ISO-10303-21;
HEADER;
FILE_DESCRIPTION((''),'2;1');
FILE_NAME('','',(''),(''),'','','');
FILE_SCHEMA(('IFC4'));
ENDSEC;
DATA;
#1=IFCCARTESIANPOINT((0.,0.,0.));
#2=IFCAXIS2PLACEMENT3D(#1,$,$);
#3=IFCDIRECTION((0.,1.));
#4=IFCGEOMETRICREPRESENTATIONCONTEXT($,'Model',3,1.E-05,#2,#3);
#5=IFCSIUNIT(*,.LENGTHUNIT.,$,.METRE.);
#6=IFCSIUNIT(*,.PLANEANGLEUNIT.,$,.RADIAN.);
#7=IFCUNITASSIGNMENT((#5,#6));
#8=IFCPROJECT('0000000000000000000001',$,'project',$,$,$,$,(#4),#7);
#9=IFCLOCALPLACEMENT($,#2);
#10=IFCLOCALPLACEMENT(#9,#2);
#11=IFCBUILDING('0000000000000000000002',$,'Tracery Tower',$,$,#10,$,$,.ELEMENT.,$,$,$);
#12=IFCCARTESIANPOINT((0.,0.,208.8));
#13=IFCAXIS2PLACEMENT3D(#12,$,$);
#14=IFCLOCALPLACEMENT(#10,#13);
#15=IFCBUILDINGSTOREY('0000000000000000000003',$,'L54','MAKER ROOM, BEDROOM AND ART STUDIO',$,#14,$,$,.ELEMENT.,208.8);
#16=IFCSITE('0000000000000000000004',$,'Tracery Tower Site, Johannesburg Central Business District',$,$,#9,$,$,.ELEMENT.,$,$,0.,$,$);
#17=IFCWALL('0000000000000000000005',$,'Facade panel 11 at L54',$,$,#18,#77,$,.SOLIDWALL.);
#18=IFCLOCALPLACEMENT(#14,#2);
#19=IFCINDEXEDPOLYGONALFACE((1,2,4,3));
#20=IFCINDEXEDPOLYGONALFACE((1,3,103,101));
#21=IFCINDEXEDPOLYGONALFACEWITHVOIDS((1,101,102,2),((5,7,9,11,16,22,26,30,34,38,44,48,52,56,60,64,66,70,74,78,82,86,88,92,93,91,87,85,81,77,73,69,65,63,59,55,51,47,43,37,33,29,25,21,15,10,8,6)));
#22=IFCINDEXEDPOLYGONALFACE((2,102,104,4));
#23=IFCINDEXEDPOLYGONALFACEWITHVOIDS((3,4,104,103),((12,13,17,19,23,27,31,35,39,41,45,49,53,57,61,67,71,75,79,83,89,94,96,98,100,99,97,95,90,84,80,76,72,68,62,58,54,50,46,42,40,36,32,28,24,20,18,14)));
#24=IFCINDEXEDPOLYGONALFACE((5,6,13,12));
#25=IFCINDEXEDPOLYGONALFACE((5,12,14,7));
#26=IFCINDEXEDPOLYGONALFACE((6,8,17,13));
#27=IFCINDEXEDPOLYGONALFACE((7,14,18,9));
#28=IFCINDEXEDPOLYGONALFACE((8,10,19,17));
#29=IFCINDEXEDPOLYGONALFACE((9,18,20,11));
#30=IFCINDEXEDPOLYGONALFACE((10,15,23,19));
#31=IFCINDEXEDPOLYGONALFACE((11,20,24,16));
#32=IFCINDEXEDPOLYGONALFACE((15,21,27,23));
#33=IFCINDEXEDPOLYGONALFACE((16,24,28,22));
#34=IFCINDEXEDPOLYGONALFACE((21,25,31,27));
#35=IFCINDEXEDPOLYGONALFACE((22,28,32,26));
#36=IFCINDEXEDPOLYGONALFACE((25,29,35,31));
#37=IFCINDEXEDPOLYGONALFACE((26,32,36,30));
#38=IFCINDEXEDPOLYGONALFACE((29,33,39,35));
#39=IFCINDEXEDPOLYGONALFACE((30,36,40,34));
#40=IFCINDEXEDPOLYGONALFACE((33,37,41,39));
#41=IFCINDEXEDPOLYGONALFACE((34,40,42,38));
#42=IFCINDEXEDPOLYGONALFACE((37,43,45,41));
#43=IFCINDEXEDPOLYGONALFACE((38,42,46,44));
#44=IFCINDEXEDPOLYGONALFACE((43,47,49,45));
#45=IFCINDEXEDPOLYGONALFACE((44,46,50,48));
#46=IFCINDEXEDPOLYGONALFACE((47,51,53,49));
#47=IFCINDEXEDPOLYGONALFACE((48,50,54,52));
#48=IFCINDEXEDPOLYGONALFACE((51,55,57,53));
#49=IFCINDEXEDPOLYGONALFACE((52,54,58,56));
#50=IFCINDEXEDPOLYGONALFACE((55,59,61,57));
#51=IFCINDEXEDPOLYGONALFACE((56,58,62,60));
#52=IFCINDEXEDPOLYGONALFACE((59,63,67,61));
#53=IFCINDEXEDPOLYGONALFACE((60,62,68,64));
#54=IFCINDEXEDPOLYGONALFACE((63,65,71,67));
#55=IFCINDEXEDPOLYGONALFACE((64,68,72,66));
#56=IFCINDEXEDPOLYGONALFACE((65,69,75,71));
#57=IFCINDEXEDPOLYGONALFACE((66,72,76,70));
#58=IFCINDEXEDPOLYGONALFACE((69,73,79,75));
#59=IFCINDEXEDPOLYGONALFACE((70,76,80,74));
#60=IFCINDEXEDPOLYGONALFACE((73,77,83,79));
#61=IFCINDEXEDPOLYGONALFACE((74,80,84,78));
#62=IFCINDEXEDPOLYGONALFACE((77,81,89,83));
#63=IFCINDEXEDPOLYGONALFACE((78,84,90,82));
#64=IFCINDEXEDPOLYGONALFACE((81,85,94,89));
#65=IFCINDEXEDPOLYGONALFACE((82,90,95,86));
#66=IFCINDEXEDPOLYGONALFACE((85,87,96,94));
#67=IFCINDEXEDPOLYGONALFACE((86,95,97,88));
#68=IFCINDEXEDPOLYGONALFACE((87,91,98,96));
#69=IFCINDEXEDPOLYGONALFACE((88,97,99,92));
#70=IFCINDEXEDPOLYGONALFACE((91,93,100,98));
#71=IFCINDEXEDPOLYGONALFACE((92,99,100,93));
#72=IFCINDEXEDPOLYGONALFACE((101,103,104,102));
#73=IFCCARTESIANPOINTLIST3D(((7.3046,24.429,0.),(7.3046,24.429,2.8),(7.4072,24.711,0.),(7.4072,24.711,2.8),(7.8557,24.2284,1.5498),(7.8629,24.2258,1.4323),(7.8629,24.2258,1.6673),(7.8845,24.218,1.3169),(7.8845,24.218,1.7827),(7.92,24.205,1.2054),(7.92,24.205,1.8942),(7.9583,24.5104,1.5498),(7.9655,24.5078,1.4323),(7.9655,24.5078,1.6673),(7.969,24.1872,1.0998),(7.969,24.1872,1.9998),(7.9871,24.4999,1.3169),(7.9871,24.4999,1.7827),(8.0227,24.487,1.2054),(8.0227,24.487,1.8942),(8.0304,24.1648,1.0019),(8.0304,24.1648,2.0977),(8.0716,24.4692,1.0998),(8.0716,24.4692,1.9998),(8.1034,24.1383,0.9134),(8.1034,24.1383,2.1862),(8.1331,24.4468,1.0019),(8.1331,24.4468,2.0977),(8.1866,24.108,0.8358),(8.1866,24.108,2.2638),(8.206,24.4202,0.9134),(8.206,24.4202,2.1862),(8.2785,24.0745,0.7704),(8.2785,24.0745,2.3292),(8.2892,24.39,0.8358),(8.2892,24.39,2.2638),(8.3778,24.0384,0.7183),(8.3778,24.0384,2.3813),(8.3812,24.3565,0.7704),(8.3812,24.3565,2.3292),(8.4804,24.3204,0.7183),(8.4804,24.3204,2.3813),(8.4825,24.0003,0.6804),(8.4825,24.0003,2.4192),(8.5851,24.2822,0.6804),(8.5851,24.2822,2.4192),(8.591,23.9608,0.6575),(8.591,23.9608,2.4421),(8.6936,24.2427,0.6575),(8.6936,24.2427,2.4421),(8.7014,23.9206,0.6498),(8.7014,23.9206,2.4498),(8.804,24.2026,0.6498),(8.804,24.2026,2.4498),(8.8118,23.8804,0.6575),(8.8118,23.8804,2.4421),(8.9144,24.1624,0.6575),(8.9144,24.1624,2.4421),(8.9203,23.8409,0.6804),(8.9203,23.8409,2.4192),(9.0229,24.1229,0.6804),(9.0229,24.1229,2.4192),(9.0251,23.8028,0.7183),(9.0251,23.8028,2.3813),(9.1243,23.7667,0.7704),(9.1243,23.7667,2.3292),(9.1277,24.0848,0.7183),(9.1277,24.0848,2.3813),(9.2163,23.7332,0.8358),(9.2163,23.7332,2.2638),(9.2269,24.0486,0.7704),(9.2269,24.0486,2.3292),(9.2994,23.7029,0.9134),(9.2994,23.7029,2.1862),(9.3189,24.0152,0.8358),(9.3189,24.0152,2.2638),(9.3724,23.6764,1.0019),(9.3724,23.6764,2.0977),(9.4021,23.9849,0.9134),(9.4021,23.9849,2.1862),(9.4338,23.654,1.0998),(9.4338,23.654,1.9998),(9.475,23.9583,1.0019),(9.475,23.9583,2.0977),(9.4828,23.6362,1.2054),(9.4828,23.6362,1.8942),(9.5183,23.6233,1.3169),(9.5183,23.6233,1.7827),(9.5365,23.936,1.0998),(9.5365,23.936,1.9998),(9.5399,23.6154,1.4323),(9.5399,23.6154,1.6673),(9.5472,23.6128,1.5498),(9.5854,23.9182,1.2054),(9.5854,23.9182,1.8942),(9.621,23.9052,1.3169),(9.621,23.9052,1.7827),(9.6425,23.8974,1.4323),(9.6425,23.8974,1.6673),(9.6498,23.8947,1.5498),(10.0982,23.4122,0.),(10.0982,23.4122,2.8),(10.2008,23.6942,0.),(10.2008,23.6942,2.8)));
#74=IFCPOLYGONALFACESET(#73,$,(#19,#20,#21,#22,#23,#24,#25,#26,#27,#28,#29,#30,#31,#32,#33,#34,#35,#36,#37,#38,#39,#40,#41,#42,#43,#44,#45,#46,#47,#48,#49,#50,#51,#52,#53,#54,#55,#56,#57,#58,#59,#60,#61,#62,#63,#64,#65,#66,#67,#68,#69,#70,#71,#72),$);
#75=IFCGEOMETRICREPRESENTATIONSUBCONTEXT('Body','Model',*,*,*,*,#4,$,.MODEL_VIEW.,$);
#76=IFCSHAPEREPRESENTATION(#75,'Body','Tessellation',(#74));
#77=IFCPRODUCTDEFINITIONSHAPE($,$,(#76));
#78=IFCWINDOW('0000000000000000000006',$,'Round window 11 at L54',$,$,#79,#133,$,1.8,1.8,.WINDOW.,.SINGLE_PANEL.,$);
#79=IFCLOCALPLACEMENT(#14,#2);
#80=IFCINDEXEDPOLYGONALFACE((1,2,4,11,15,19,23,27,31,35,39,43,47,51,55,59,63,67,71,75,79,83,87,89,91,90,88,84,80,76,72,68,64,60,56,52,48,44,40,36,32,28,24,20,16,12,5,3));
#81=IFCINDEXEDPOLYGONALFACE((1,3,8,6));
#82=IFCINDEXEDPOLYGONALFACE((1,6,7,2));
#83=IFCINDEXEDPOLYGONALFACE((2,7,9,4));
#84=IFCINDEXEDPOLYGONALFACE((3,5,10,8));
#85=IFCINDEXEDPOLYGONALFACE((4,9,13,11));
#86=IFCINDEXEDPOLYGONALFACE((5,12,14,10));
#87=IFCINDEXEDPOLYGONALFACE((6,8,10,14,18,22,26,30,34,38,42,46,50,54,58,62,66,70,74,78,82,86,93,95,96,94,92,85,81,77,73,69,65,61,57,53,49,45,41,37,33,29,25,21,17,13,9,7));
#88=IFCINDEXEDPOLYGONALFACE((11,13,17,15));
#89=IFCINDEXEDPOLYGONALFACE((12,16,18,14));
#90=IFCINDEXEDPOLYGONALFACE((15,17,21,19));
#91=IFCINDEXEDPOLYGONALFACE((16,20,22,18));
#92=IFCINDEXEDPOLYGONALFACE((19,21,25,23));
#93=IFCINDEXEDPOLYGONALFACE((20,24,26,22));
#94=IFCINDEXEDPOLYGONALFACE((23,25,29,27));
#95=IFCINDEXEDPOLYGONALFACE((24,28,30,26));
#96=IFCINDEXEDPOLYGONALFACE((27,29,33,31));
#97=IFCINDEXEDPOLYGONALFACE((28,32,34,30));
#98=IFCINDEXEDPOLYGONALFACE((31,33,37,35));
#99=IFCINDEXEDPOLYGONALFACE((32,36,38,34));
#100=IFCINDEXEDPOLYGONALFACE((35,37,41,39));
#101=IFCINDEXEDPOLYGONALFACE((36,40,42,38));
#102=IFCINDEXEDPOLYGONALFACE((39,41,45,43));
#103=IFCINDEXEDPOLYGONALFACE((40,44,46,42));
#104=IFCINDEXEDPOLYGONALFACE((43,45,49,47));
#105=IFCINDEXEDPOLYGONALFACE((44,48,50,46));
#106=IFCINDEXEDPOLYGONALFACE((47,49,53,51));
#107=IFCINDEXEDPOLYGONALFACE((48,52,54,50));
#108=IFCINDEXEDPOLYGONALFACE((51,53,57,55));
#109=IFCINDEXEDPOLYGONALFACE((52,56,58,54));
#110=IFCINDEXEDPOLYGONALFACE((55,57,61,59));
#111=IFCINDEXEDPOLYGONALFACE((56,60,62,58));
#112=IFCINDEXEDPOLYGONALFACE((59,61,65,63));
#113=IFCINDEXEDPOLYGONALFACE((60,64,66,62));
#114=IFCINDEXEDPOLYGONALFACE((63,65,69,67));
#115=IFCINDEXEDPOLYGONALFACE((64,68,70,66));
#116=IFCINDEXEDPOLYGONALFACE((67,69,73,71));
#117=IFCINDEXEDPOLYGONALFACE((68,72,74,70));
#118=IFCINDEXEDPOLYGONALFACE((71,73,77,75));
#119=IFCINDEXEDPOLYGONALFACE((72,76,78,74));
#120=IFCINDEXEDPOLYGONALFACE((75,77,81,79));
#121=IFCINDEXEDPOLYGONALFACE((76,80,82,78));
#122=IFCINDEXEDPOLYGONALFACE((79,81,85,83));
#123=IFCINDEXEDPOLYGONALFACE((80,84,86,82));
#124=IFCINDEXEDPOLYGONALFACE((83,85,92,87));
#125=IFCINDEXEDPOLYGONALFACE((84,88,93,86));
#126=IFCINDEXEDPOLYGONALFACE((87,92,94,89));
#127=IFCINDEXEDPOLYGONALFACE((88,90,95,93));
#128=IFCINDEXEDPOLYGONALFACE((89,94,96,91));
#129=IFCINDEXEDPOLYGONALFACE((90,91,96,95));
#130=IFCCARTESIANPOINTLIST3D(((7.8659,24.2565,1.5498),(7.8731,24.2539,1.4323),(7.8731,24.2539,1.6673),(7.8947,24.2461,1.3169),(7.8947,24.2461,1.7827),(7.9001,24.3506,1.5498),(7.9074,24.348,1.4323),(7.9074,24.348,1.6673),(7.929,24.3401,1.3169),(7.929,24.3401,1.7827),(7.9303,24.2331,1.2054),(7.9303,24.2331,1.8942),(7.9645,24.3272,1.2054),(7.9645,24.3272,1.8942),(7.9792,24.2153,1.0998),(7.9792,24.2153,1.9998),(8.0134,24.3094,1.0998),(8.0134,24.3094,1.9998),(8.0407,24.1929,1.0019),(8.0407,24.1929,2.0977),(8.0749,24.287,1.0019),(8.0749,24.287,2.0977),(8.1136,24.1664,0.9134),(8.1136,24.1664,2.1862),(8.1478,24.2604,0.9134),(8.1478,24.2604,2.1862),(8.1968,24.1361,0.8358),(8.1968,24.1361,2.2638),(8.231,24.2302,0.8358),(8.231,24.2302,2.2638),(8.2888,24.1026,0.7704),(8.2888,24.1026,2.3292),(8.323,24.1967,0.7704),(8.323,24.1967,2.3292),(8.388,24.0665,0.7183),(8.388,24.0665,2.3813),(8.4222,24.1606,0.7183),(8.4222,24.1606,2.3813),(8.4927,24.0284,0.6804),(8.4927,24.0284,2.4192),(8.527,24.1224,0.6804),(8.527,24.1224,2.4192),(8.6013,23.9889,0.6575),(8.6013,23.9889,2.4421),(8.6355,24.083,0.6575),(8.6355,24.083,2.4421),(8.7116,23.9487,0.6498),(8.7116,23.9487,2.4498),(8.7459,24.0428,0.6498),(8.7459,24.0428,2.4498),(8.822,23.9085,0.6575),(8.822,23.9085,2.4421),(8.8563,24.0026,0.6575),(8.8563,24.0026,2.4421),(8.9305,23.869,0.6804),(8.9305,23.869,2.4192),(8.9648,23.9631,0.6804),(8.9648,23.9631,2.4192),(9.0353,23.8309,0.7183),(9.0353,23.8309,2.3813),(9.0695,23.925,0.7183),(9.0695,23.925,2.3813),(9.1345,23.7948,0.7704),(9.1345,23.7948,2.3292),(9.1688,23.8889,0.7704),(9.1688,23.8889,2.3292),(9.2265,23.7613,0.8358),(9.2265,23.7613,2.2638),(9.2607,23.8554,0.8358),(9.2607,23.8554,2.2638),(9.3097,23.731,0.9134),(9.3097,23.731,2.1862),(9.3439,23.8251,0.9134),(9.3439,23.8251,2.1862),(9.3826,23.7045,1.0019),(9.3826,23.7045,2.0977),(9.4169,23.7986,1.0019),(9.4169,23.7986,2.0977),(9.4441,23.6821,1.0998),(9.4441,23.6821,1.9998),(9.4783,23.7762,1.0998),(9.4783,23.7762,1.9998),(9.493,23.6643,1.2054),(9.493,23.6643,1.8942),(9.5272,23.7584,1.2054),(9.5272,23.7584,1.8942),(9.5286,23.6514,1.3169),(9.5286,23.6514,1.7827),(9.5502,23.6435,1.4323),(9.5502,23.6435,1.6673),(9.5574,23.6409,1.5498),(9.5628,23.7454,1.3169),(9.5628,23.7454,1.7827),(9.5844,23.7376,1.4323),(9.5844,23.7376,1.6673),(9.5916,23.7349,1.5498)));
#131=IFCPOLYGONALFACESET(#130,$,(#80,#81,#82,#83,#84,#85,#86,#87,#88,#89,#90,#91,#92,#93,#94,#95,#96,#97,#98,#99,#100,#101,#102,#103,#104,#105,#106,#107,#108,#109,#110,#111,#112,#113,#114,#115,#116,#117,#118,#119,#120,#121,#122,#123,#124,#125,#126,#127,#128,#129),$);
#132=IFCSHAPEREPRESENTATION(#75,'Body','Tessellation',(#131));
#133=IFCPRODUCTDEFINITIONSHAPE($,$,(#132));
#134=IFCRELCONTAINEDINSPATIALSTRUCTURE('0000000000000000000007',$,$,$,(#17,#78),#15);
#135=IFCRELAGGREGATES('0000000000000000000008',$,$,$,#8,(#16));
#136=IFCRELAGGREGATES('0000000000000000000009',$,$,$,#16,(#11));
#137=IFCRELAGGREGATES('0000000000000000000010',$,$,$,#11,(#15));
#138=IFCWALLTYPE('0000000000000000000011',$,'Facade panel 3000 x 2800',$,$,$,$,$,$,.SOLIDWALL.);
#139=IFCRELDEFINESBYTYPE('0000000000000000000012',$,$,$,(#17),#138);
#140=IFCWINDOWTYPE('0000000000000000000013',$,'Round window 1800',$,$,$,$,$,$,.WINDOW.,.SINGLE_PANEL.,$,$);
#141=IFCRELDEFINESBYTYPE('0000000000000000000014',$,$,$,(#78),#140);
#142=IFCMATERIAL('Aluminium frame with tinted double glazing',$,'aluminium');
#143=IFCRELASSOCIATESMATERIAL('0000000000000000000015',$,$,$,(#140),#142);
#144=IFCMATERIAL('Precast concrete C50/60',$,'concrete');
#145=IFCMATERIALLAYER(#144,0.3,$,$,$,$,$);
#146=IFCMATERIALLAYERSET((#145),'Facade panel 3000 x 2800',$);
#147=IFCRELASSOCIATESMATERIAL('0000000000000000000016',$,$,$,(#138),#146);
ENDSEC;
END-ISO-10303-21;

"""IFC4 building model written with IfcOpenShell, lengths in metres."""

from ifc_helpers import new_model, si_unit, direction, frame, frame_2d, origin, origin_2d, place, context, subcontext, project, spatial, rectangle, circle, extrude, material, layer, layer_set, type_object, element, fill, save


model = new_model("IFC4")

# Units and contexts
model_context = context("Model", 3, precision=1e-05, world=origin(), true_north=direction((0.0, 1.0)))
body_context = subcontext(model_context, "Body", "Model", "MODEL_VIEW")
ifc_project = project(units=[si_unit("LENGTHUNIT", "METRE"), si_unit("PLANEANGLEUNIT", "RADIAN")], contexts=[model_context])

# Site, building, storey
site_placement = place(None, origin())
site = spatial("IfcSite", under=ifc_project, at=site_placement, Name="Tracery Tower Site, Johannesburg Central Business District", CompositionType="ELEMENT", RefElevation=0.0)
building_placement = place(site_placement, origin())
building = spatial("IfcBuilding", under=site, at=building_placement, Name="Tracery Tower", CompositionType="ELEMENT")
storey_placement = place(building_placement, frame((0.0, 0.0, 208.8)))
storey = spatial("IfcBuildingStorey", under=building, at=storey_placement, Name="L54", Description="MAKER ROOM, BEDROOM AND ART STUDIO", CompositionType="ELEMENT", Elevation=208.8)

# Wall, opening, window
ifc_material_1 = material(Name="Aluminium frame with tinted double glazing", Category="aluminium")
window_type = type_object("IfcWindowType", Name="Round window 1800", PartitioningType="SINGLE_PANEL", PredefinedType="WINDOW", material=ifc_material_1)
ifc_material_2 = material(Name="Precast concrete C50/60", Category="concrete")
ifc_layer_1 = layer(ifc_material_2, 0.3)
ifc_layer_set_1 = layer_set([ifc_layer_1], Name="Facade panel 3000 x 2800")
wall_type_1 = type_object("IfcWallType", Name="Facade panel 3000 x 2800", PredefinedType="SOLIDWALL", material=ifc_layer_set_1)
wall_1_placement = place(storey_placement, frame((10.1494, 23.5532, 0.0), z_axis=(0.0, 0.0, 1.0), x_axis=(-0.93969, 0.342027, 0.0)))
wall_1 = element("IfcWall", 1, at=wall_1_placement, inside=storey, type_object=wall_type_1, Name="Facade panel 11 at L54", PredefinedType="SOLIDWALL", context=body_context, shape_type="SweptSolid", body=[
    extrude(rectangle(XDim=2.9729, YDim=0.3, at=frame_2d((1.4863, 0.0))), origin(), (0.0, 0.0, 1.0), 2.8),
])
opening_1_placement = place(wall_1_placement, frame((1.4863, 0.0, 1.5498)))
opening_1 = element("IfcOpeningElement", 2, at=opening_1_placement, cuts=wall_1, PredefinedType="OPENING", context=body_context, shape_type="SweptSolid", body=[
    extrude(circle(Radius=0.9, at=origin_2d()), frame((0.0, 0.1599, 0.0), z_axis=(0.0, -1.0, 0.0), x_axis=(1.0, 0.0, 0.0)), (0.0, 0.0, 1.0), 0.3201),
])
window_1_placement = place(opening_1_placement, origin())
window_1 = element("IfcWindow", 3, at=window_1_placement, inside=storey, type_object=window_type, Name="Round window 11 at L54", OverallHeight=1.8, OverallWidth=1.8, PartitioningType="SINGLE_PANEL", PredefinedType="WINDOW", context=body_context, shape_type="SweptSolid", body=[
    extrude(circle(Radius=0.9, at=origin_2d()), frame((0.0, 0.1201, 0.0), z_axis=(0.0, -1.0, 0.0), x_axis=(1.0, 0.0, 0.0)), (0.0, 0.0, 1.0), 0.1001),
])
fill(opening_1, window_1)

save(model, "model.ifc")
